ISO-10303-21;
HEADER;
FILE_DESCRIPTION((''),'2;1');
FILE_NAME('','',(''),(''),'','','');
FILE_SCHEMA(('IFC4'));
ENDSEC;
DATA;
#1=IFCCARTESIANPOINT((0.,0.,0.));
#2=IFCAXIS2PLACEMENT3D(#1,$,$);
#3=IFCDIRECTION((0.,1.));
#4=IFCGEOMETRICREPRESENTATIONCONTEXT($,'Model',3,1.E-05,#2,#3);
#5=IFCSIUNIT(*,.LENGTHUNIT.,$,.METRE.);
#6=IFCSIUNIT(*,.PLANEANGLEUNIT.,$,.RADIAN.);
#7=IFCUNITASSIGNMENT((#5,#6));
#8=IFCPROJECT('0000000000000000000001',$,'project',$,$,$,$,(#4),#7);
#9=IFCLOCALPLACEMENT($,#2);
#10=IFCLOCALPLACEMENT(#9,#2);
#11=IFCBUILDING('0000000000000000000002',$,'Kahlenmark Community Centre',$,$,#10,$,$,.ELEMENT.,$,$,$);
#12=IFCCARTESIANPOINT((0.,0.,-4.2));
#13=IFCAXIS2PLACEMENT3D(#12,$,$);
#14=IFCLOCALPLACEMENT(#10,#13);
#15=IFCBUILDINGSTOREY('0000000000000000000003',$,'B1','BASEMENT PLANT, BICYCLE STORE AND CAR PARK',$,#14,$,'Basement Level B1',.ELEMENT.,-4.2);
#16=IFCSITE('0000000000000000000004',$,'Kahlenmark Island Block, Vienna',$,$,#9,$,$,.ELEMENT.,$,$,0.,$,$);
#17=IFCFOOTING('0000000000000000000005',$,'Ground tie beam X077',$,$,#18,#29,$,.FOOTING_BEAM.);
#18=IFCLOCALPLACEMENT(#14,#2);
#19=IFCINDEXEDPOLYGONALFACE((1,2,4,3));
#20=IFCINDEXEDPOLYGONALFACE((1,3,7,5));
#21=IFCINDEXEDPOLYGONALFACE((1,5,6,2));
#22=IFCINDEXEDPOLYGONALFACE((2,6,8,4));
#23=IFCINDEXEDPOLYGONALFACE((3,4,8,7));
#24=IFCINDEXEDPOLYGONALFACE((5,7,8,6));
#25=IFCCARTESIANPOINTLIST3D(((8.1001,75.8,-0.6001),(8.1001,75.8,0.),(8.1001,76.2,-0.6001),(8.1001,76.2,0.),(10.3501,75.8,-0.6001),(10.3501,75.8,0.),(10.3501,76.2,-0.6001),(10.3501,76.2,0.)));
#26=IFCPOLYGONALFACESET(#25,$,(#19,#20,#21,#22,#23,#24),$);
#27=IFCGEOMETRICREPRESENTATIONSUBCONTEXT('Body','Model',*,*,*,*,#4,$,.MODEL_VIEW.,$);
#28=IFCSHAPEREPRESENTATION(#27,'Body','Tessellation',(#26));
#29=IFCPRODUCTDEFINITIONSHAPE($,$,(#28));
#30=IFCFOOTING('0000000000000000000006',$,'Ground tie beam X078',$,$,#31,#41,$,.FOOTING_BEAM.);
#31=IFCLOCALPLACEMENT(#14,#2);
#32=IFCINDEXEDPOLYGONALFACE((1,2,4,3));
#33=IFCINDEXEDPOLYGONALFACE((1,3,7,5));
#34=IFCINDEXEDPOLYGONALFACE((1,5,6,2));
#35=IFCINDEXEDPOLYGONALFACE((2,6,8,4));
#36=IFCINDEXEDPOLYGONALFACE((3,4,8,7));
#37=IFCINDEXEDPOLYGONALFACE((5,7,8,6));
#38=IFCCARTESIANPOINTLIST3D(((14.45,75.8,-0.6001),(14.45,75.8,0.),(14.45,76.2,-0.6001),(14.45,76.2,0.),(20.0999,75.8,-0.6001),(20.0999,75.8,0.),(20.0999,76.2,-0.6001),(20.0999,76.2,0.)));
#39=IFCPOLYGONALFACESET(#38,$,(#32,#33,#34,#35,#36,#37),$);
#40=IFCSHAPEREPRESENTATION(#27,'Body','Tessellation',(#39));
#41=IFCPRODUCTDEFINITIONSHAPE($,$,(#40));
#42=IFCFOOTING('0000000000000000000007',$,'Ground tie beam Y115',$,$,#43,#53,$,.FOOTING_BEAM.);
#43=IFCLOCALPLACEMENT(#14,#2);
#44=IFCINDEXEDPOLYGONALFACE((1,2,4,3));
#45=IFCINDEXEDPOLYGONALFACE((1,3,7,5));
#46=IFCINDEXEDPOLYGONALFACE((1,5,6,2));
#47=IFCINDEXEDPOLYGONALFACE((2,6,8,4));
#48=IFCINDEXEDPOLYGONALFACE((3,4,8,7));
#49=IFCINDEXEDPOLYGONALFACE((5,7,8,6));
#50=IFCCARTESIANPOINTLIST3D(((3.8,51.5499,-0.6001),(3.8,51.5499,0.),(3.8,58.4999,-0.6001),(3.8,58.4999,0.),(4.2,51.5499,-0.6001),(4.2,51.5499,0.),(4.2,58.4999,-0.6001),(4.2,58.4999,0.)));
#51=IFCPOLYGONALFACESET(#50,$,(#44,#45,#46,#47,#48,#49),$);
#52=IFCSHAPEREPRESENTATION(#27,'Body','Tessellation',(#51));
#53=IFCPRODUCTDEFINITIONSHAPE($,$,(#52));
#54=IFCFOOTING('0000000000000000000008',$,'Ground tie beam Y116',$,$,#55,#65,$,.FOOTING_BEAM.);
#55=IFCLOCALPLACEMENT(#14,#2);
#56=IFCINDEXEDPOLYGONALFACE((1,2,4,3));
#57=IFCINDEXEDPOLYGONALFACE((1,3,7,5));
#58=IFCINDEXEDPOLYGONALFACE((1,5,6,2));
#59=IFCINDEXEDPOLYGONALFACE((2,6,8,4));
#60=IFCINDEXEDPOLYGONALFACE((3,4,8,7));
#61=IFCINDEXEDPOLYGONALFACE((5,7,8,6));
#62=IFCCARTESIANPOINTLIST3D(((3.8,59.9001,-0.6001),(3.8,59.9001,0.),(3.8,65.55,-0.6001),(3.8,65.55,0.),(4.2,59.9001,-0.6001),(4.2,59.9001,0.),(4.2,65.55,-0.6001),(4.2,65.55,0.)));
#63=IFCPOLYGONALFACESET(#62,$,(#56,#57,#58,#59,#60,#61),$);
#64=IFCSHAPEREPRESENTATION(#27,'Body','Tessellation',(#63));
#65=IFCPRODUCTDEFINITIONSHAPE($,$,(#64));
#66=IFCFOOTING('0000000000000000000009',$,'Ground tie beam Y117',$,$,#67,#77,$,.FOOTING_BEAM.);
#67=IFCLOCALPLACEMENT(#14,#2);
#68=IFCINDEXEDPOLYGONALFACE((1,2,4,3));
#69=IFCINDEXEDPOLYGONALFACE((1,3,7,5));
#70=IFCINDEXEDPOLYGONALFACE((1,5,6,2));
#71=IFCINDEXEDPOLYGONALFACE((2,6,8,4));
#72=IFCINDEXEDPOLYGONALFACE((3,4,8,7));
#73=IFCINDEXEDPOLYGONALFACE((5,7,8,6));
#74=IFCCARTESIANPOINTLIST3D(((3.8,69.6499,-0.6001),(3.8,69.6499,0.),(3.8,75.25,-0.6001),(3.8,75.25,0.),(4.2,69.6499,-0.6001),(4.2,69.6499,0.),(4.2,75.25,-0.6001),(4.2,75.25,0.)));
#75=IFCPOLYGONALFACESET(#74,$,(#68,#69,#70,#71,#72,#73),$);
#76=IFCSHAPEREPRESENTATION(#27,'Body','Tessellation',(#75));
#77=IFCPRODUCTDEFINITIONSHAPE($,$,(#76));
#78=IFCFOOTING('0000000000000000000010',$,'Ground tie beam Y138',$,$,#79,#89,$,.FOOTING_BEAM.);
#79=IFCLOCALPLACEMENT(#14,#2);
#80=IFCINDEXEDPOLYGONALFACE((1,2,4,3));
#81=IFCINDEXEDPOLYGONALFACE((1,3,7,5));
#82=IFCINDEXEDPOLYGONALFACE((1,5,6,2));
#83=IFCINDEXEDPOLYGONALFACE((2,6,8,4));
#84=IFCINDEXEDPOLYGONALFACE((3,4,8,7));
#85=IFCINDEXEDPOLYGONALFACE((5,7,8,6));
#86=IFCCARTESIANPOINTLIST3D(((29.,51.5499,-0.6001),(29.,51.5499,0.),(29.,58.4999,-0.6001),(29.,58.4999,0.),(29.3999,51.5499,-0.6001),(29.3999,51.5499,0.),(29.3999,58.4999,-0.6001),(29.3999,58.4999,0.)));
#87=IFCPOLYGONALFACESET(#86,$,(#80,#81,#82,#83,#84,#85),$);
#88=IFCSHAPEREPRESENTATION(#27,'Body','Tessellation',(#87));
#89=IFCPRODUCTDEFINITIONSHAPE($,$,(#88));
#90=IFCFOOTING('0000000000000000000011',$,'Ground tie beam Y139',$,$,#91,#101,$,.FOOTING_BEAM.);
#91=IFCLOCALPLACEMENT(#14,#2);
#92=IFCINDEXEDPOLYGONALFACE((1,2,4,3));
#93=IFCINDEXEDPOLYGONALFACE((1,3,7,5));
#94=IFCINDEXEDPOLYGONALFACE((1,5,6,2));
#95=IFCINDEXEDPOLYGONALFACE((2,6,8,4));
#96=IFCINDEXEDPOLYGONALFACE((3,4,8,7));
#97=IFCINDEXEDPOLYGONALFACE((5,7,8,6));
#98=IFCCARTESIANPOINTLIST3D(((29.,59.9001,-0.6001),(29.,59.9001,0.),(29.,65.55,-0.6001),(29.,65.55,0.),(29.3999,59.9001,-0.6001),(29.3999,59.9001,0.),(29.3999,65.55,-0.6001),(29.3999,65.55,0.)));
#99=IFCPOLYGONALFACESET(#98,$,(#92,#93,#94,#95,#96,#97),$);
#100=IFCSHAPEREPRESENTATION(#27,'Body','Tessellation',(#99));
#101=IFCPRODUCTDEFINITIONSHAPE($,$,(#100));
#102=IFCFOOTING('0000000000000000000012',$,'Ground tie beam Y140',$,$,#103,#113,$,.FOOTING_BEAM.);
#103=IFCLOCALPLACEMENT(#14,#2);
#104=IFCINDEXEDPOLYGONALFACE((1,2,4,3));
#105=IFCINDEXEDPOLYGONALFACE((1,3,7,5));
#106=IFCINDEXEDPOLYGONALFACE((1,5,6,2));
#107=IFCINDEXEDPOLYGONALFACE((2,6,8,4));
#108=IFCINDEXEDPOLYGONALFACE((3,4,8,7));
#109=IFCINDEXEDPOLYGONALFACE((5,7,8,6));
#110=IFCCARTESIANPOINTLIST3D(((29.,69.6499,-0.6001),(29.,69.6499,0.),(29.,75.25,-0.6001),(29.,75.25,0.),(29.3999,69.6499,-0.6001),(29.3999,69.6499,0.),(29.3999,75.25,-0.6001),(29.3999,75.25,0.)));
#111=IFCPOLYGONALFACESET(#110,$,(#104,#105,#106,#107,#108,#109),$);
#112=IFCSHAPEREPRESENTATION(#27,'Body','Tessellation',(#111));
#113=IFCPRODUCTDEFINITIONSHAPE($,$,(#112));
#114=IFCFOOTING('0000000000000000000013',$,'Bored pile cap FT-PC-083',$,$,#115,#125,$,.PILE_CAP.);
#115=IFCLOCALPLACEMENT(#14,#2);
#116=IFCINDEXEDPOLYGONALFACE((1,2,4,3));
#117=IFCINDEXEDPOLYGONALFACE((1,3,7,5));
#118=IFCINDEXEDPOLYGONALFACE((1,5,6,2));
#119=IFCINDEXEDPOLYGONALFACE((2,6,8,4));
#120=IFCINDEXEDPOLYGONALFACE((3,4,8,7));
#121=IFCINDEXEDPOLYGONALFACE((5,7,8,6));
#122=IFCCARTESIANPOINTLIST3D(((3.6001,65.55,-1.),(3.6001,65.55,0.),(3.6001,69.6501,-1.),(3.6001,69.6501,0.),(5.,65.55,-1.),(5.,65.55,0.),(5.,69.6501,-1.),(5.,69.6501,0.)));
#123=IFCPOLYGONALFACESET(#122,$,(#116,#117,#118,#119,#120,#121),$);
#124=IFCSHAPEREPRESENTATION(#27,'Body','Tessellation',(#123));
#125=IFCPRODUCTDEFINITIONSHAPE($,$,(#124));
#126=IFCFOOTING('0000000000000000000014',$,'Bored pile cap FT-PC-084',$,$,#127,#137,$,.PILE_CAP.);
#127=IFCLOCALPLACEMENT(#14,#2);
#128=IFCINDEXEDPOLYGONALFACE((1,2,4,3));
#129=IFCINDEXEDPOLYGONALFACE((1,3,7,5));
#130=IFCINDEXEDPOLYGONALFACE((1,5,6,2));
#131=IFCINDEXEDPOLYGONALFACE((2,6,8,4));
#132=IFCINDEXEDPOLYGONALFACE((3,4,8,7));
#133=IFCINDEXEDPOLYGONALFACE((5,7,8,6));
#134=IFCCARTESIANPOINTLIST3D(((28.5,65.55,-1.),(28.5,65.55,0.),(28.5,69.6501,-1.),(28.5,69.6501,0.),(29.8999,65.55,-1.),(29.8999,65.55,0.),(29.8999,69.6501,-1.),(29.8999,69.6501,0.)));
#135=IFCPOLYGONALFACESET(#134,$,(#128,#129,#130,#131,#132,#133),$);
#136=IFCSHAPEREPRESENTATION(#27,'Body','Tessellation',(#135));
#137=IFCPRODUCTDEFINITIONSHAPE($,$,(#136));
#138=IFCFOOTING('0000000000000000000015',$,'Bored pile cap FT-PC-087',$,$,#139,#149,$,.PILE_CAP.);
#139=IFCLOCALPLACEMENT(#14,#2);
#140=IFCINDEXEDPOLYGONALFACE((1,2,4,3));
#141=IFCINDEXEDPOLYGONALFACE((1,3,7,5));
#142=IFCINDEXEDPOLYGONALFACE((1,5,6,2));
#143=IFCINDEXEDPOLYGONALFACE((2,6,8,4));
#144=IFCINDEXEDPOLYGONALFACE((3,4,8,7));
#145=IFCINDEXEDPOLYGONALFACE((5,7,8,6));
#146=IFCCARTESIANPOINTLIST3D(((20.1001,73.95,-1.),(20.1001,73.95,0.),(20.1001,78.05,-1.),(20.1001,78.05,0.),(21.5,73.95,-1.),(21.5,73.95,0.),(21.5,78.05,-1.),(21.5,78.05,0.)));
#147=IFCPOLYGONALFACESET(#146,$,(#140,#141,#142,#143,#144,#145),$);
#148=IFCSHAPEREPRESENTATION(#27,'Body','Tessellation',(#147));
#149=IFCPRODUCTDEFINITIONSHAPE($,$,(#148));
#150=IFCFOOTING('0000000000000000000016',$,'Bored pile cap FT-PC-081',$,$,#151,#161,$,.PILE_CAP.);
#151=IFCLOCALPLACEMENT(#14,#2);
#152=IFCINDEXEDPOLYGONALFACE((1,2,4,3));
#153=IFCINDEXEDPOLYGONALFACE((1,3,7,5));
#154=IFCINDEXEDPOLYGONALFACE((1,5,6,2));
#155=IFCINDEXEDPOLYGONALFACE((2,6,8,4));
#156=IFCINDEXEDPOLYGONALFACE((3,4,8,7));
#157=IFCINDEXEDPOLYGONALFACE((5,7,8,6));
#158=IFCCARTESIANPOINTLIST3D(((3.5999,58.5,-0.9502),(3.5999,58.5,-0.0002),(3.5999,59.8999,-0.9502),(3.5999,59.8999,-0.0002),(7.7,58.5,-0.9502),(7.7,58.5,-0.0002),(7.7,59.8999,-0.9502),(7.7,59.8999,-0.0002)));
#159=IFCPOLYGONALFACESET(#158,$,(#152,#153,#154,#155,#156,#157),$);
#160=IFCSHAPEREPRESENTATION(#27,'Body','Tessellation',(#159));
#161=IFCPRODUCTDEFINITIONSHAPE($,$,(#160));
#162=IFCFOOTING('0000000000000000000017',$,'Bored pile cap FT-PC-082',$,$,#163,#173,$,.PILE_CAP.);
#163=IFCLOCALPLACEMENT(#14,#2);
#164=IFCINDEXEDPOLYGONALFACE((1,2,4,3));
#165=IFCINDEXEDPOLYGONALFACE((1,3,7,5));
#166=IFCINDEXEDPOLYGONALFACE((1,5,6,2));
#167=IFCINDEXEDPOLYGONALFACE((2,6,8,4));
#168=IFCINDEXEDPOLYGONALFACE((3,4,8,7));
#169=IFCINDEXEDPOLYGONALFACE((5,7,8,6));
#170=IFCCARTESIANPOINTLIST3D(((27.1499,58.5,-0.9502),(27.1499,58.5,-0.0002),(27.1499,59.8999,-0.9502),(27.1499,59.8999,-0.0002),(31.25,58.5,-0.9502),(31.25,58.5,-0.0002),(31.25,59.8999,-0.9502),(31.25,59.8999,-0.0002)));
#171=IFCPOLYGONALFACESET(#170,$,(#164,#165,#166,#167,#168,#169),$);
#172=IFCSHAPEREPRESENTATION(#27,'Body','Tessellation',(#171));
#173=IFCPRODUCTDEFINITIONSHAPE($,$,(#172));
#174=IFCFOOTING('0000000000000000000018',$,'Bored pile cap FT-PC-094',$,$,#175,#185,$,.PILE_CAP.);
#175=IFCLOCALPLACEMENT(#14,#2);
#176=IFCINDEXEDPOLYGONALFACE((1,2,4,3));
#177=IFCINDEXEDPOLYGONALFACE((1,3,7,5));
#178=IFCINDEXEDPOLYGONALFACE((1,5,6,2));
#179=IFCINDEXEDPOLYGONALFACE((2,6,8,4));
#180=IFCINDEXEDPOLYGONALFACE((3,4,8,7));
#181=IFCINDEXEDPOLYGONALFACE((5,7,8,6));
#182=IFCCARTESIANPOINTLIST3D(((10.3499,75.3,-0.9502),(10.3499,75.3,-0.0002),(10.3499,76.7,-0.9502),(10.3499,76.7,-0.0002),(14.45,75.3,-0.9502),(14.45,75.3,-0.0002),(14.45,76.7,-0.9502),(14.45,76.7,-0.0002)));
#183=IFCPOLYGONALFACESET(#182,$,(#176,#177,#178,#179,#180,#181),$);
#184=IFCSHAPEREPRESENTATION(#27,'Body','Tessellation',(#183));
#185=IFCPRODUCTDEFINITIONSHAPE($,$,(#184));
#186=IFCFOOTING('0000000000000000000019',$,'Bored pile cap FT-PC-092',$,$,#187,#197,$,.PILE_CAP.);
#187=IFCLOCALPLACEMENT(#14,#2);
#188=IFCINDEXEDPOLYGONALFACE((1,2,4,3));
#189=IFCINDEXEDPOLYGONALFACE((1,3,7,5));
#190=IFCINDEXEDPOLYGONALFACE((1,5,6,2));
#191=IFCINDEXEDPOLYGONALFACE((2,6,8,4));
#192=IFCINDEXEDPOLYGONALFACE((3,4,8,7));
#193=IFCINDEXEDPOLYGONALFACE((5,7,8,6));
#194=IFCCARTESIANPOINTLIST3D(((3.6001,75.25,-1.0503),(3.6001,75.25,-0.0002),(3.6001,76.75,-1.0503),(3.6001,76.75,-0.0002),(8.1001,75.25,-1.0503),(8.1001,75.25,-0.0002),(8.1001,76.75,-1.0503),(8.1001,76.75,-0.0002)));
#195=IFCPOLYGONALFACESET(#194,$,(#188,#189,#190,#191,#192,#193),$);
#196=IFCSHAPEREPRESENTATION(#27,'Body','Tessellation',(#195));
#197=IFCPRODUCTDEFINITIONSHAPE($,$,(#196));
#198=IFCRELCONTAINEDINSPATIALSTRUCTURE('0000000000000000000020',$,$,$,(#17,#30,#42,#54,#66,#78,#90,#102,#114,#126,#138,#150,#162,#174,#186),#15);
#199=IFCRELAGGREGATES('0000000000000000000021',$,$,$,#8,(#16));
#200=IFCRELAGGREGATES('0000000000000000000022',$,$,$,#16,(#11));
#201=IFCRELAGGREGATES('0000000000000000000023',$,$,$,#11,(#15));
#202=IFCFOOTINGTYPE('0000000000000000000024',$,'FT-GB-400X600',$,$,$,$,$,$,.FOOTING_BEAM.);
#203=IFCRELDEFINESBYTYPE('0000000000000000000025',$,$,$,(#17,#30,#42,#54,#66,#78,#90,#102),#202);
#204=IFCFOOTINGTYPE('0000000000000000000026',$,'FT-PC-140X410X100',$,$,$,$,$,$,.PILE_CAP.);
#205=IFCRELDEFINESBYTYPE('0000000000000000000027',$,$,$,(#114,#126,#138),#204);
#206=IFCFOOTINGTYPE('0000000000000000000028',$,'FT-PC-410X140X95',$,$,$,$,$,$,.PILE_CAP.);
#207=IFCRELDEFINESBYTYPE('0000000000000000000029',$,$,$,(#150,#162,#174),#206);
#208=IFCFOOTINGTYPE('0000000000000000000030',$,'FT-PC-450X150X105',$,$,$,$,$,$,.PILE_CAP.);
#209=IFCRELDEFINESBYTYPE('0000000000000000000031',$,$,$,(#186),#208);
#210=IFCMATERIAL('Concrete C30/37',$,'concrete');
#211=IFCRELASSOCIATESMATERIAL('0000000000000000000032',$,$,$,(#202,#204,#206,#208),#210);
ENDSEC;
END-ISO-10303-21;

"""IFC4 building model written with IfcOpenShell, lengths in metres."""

from ifc_helpers import new_model, si_unit, direction, frame, origin, origin_2d, place, context, subcontext, project, spatial, rectangle, extrude, material, type_object, element, save


model = new_model("IFC4")

# Units and contexts
model_context = context("Model", 3, precision=1e-05, world=origin(), true_north=direction((0.0, 1.0)))
body_context = subcontext(model_context, "Body", "Model", "MODEL_VIEW")
ifc_project = project(units=[si_unit("LENGTHUNIT", "METRE"), si_unit("PLANEANGLEUNIT", "RADIAN")], contexts=[model_context])

# Site, building, storey
site_placement = place(None, origin())
site = spatial("IfcSite", under=ifc_project, at=site_placement, Name="Kahlenmark Island Block, Vienna", CompositionType="ELEMENT", RefElevation=0.0)
building_placement = place(site_placement, origin())
building = spatial("IfcBuilding", under=site, at=building_placement, Name="Kahlenmark Community Centre", CompositionType="ELEMENT")
storey_placement = place(building_placement, frame((0.0, 0.0, -4.2)))
storey = spatial("IfcBuildingStorey", under=building, at=storey_placement, Name="B1", Description="BASEMENT PLANT, BICYCLE STORE AND CAR PARK", LongName="Basement Level B1", CompositionType="ELEMENT", Elevation=-4.2)

# Footings
ifc_material_1 = material(Name="Concrete C30/37", Category="concrete")
footing_type_1 = type_object("IfcFootingType", Name="FT-GB-400X600", PredefinedType="FOOTING_BEAM", material=ifc_material_1)
footing_1_placement = place(storey_placement, frame((9.2251, 76.0, -0.6001), z_axis=(0.0, 0.0, 1.0), x_axis=(1.0, 0.0, 0.0)))
element("IfcFooting", 1, at=footing_1_placement, inside=storey, type_object=footing_type_1, Name="Ground tie beam X077", PredefinedType="FOOTING_BEAM", context=body_context, shape_type="SweptSolid", body=[
    extrude(rectangle(XDim=2.25, YDim=0.3999, at=origin_2d()), origin(), (0.0, 0.0, 1.0), 0.6001),
])
footing_2_placement = place(storey_placement, frame((17.2749, 76.0, -0.6001), z_axis=(0.0, 0.0, 1.0), x_axis=(1.0, 0.0, 0.0)))
element("IfcFooting", 2, at=footing_2_placement, inside=storey, type_object=footing_type_1, Name="Ground tie beam X078", PredefinedType="FOOTING_BEAM", context=body_context, shape_type="SweptSolid", body=[
    extrude(rectangle(XDim=5.6499, YDim=0.3999, at=origin_2d()), origin(), (0.0, 0.0, 1.0), 0.6001),
])
footing_3_placement = place(storey_placement, frame((4.0, 55.0249, -0.6001), z_axis=(0.0, 0.0, 1.0), x_axis=(1.0, 0.0, 0.0)))
element("IfcFooting", 3, at=footing_3_placement, inside=storey, type_object=footing_type_1, Name="Ground tie beam Y115", PredefinedType="FOOTING_BEAM", context=body_context, shape_type="SweptSolid", body=[
    extrude(rectangle(XDim=0.3999, YDim=6.95, at=origin_2d()), origin(), (0.0, 0.0, 1.0), 0.6001),
])
footing_4_placement = place(storey_placement, frame((4.0, 62.7251, -0.6001), z_axis=(0.0, 0.0, 1.0), x_axis=(1.0, 0.0, 0.0)))
element("IfcFooting", 4, at=footing_4_placement, inside=storey, type_object=footing_type_1, Name="Ground tie beam Y116", PredefinedType="FOOTING_BEAM", context=body_context, shape_type="SweptSolid", body=[
    extrude(rectangle(XDim=0.3999, YDim=5.6499, at=origin_2d()), origin(), (0.0, 0.0, 1.0), 0.6001),
])
footing_5_placement = place(storey_placement, frame((4.0, 72.45, -0.6001), z_axis=(0.0, 0.0, 1.0), x_axis=(1.0, 0.0, 0.0)))
element("IfcFooting", 5, at=footing_5_placement, inside=storey, type_object=footing_type_1, Name="Ground tie beam Y117", PredefinedType="FOOTING_BEAM", context=body_context, shape_type="SweptSolid", body=[
    extrude(rectangle(XDim=0.3999, YDim=5.6001, at=origin_2d()), origin(), (0.0, 0.0, 1.0), 0.6001),
])
footing_6_placement = place(storey_placement, frame((29.2, 55.0249, -0.6001), z_axis=(0.0, 0.0, 1.0), x_axis=(1.0, 0.0, 0.0)))
element("IfcFooting", 6, at=footing_6_placement, inside=storey, type_object=footing_type_1, Name="Ground tie beam Y138", PredefinedType="FOOTING_BEAM", context=body_context, shape_type="SweptSolid", body=[
    extrude(rectangle(XDim=0.3999, YDim=6.95, at=origin_2d()), origin(), (0.0, 0.0, 1.0), 0.6001),
])
footing_7_placement = place(storey_placement, frame((29.2, 62.7251, -0.6001), z_axis=(0.0, 0.0, 1.0), x_axis=(1.0, 0.0, 0.0)))
element("IfcFooting", 7, at=footing_7_placement, inside=storey, type_object=footing_type_1, Name="Ground tie beam Y139", PredefinedType="FOOTING_BEAM", context=body_context, shape_type="SweptSolid", body=[
    extrude(rectangle(XDim=0.3999, YDim=5.6499, at=origin_2d()), origin(), (0.0, 0.0, 1.0), 0.6001),
])
footing_8_placement = place(storey_placement, frame((29.2, 72.45, -0.6001), z_axis=(0.0, 0.0, 1.0), x_axis=(1.0, 0.0, 0.0)))
element("IfcFooting", 8, at=footing_8_placement, inside=storey, type_object=footing_type_1, Name="Ground tie beam Y140", PredefinedType="FOOTING_BEAM", context=body_context, shape_type="SweptSolid", body=[
    extrude(rectangle(XDim=0.3999, YDim=5.6001, at=origin_2d()), origin(), (0.0, 0.0, 1.0), 0.6001),
])
footing_type_2 = type_object("IfcFootingType", Name="FT-PC-140X410X100", PredefinedType="PILE_CAP", material=ifc_material_1)
for number, where, z_axis, x_axis, name in (
    (9, (4.3, 67.6001, -1.0), (0.0, 0.0, 1.0), (1.0, 0.0, 0.0), "Bored pile cap FT-PC-083"),
    (10, (29.2, 67.6001, -1.0), (0.0, 0.0, 1.0), (1.0, 0.0, 0.0), "Bored pile cap FT-PC-084"),
    (11, (20.8, 76.0, -1.0), (0.0, 0.0, 1.0), (1.0, 0.0, 0.0), "Bored pile cap FT-PC-087"),
):
    element("IfcFooting", number, at=place(storey_placement, frame(where, z_axis=z_axis, x_axis=x_axis)), inside=storey, type_object=footing_type_2, Name=name, PredefinedType="PILE_CAP", context=body_context, shape_type="SweptSolid", body=[
        extrude(rectangle(XDim=1.3999, YDim=4.1001, at=origin_2d()), origin(), (0.0, 0.0, 1.0), 1.0),
    ])
footing_type_3 = type_object("IfcFootingType", Name="FT-PC-410X140X95", PredefinedType="PILE_CAP", material=ifc_material_1)
for number, where, z_axis, x_axis, name in (
    (12, (5.6499, 59.2, -0.9502), (0.0, 0.0, 1.0), (1.0, 0.0, 0.0), "Bored pile cap FT-PC-081"),
    (13, (29.2, 59.2, -0.9502), (0.0, 0.0, 1.0), (1.0, 0.0, 0.0), "Bored pile cap FT-PC-082"),
    (14, (12.3999, 76.0, -0.9502), (0.0, 0.0, 1.0), (1.0, 0.0, 0.0), "Bored pile cap FT-PC-094"),
):
    element("IfcFooting", number, at=place(storey_placement, frame(where, z_axis=z_axis, x_axis=x_axis)), inside=storey, type_object=footing_type_3, Name=name, PredefinedType="PILE_CAP", context=body_context, shape_type="SweptSolid", body=[
        extrude(rectangle(XDim=4.1001, YDim=1.3999, at=origin_2d()), origin(), (0.0, 0.0, 1.0), 0.95),
    ])
footing_type_4 = type_object("IfcFootingType", Name="FT-PC-450X150X105", PredefinedType="PILE_CAP", material=ifc_material_1)
footing_9_placement = place(storey_placement, frame((5.8501, 76.0, -1.0503), z_axis=(0.0, 0.0, 1.0), x_axis=(1.0, 0.0, 0.0)))
element("IfcFooting", 15, at=footing_9_placement, inside=storey, type_object=footing_type_4, Name="Bored pile cap FT-PC-092", PredefinedType="PILE_CAP", context=body_context, shape_type="SweptSolid", body=[
    extrude(rectangle(XDim=4.5, YDim=1.5, at=origin_2d()), origin(), (0.0, 0.0, 1.0), 1.05),
])

save(model, "model.ifc")
